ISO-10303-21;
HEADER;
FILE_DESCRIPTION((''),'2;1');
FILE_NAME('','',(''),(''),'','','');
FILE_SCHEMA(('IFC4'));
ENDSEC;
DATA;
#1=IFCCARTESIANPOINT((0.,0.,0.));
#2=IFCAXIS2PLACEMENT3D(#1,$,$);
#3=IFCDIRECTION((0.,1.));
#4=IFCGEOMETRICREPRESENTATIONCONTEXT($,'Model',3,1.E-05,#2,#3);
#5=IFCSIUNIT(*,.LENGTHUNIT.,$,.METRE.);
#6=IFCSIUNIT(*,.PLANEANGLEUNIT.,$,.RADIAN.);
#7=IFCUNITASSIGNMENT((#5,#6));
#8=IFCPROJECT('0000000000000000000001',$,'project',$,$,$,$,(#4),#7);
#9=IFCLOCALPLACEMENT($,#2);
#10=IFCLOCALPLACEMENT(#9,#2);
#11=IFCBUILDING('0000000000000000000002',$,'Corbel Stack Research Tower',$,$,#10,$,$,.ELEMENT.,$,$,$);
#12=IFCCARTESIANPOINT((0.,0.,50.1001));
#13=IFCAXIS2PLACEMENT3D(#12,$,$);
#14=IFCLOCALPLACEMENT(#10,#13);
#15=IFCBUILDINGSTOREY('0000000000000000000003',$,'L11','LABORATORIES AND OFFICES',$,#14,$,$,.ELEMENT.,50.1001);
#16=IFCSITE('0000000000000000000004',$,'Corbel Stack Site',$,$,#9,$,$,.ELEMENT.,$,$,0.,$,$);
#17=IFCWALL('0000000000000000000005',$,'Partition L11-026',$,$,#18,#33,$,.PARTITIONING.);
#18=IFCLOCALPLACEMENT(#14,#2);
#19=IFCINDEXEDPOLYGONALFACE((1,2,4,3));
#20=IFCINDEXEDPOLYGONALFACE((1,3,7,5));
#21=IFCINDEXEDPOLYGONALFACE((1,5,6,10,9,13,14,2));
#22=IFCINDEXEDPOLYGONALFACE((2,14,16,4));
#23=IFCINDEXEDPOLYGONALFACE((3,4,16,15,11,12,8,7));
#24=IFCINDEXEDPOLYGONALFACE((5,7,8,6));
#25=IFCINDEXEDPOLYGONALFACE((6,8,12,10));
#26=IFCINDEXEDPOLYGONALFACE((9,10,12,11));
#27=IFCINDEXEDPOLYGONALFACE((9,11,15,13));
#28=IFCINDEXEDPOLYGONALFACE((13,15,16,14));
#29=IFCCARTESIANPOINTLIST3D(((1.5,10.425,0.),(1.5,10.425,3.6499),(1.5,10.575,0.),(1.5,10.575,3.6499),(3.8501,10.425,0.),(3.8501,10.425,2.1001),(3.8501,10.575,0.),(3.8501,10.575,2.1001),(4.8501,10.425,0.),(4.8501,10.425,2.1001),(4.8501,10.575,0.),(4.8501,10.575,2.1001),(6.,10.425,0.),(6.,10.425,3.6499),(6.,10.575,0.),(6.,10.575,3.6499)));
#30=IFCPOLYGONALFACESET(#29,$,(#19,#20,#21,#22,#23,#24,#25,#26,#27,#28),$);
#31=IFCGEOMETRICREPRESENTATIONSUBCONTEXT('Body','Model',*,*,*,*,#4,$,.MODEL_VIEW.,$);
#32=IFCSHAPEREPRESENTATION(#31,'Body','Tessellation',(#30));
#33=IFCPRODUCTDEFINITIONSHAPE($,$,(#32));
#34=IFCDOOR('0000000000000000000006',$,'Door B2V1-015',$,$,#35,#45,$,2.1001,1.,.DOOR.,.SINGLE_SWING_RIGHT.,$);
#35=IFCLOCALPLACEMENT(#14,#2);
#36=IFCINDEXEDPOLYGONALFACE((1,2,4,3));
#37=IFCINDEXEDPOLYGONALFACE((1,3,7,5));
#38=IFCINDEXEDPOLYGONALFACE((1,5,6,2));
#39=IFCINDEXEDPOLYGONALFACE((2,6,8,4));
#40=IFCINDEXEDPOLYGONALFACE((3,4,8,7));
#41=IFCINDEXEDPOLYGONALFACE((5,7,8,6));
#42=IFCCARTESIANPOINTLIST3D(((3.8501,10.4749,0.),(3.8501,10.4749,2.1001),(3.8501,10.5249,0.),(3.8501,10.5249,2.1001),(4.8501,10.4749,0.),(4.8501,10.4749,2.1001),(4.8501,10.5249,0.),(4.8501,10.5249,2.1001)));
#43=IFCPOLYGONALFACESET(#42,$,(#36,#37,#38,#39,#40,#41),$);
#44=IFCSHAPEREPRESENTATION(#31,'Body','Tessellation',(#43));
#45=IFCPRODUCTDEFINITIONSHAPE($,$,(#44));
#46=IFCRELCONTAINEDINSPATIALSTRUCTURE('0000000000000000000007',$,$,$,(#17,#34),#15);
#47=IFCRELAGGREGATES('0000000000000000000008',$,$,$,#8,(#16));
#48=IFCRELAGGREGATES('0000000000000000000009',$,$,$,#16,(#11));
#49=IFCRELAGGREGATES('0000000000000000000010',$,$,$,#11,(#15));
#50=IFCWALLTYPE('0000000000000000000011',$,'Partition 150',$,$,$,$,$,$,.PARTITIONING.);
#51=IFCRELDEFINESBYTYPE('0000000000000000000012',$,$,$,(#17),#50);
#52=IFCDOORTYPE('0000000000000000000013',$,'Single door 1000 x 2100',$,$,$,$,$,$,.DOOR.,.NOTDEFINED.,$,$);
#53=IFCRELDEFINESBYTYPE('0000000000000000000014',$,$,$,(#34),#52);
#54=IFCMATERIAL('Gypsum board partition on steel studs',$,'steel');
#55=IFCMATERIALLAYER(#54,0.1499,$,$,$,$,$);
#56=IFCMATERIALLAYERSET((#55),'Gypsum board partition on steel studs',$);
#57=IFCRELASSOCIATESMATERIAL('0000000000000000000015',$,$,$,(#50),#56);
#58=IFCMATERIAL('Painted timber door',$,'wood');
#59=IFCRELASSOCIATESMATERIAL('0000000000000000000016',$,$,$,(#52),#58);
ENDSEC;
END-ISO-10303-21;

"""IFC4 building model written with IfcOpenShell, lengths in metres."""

from ifc_helpers import new_model, si_unit, direction, frame, frame_2d, origin, place, context, subcontext, project, spatial, rectangle, extrude, material, layer, layer_set, type_object, element, fill, save


model = new_model("IFC4")

# Units and contexts
model_context = context("Model", 3, precision=1e-05, world=origin(), true_north=direction((0.0, 1.0)))
body_context = subcontext(model_context, "Body", "Model", "MODEL_VIEW")
ifc_project = project(units=[si_unit("LENGTHUNIT", "METRE"), si_unit("PLANEANGLEUNIT", "RADIAN")], contexts=[model_context])

# Site, building, storey
site_placement = place(None, origin())
site = spatial("IfcSite", under=ifc_project, at=site_placement, Name="Corbel Stack Site", CompositionType="ELEMENT", RefElevation=0.0)
building_placement = place(site_placement, origin())
building = spatial("IfcBuilding", under=site, at=building_placement, Name="Corbel Stack Research Tower", CompositionType="ELEMENT")
storey_placement = place(building_placement, frame((0.0, 0.0, 50.1001)))
storey = spatial("IfcBuildingStorey", under=building, at=storey_placement, Name="L11", Description="LABORATORIES AND OFFICES", CompositionType="ELEMENT", Elevation=50.1001)

# Wall, opening, door
ifc_material_1 = material(Name="Gypsum board partition on steel studs", Category="steel")
ifc_layer_1 = layer(ifc_material_1, 0.1499)
ifc_layer_set_1 = layer_set([ifc_layer_1], Name="Gypsum board partition on steel studs")
wall_type_1 = type_object("IfcWallType", Name="Partition 150", PredefinedType="PARTITIONING", material=ifc_layer_set_1)
wall_1_placement = place(storey_placement, frame((1.5, 10.5, 0.0), z_axis=(0.0, 0.0, 1.0), x_axis=(1.0, 0.0, 0.0)))
wall_1 = element("IfcWall", 1, at=wall_1_placement, inside=storey, type_object=wall_type_1, Name="Partition L11-026", PredefinedType="PARTITIONING", context=body_context, shape_type="SweptSolid", body=[
    extrude(rectangle(XDim=4.5, YDim=0.1499, at=frame_2d((2.25, 0.0))), origin(), (0.0, 0.0, 1.0), 3.6499),
])
opening_1_placement = place(wall_1_placement, frame((2.3501, 0.0, 0.0)))
opening_1 = element("IfcOpeningElement", 2, at=opening_1_placement, cuts=wall_1, PredefinedType="OPENING", context=body_context, shape_type="SweptSolid", body=[
    extrude(rectangle(XDim=1.0, YDim=2.1001, at=frame_2d((0.5, 1.05))), frame((0.0, 0.085, 0.0), z_axis=(0.0, -1.0, 0.0), x_axis=(1.0, 0.0, 0.0)), (0.0, 0.0, 1.0), 0.1699),
])
ifc_material_2 = material(Name="Painted timber door", Category="wood")
door_type_1 = type_object("IfcDoorType", Name="Single door 1000 x 2100", OperationType="NOTDEFINED", PredefinedType="DOOR", material=ifc_material_2)
door_1_placement = place(opening_1_placement, origin())
door_1 = element("IfcDoor", 3, at=door_1_placement, inside=storey, type_object=door_type_1, Name="Door B2V1-015", OperationType="SINGLE_SWING_RIGHT", OverallHeight=2.1001, OverallWidth=1.0, PredefinedType="DOOR", context=body_context, shape_type="SweptSolid", body=[
    extrude(rectangle(XDim=1.0, YDim=2.1001, at=frame_2d((0.5, 1.05))), frame((0.0, 0.0249, 0.0), z_axis=(0.0, -1.0, 0.0), x_axis=(1.0, 0.0, 0.0)), (0.0, 0.0, 1.0), 0.05),
])
fill(opening_1, door_1)

save(model, "model.ifc")
